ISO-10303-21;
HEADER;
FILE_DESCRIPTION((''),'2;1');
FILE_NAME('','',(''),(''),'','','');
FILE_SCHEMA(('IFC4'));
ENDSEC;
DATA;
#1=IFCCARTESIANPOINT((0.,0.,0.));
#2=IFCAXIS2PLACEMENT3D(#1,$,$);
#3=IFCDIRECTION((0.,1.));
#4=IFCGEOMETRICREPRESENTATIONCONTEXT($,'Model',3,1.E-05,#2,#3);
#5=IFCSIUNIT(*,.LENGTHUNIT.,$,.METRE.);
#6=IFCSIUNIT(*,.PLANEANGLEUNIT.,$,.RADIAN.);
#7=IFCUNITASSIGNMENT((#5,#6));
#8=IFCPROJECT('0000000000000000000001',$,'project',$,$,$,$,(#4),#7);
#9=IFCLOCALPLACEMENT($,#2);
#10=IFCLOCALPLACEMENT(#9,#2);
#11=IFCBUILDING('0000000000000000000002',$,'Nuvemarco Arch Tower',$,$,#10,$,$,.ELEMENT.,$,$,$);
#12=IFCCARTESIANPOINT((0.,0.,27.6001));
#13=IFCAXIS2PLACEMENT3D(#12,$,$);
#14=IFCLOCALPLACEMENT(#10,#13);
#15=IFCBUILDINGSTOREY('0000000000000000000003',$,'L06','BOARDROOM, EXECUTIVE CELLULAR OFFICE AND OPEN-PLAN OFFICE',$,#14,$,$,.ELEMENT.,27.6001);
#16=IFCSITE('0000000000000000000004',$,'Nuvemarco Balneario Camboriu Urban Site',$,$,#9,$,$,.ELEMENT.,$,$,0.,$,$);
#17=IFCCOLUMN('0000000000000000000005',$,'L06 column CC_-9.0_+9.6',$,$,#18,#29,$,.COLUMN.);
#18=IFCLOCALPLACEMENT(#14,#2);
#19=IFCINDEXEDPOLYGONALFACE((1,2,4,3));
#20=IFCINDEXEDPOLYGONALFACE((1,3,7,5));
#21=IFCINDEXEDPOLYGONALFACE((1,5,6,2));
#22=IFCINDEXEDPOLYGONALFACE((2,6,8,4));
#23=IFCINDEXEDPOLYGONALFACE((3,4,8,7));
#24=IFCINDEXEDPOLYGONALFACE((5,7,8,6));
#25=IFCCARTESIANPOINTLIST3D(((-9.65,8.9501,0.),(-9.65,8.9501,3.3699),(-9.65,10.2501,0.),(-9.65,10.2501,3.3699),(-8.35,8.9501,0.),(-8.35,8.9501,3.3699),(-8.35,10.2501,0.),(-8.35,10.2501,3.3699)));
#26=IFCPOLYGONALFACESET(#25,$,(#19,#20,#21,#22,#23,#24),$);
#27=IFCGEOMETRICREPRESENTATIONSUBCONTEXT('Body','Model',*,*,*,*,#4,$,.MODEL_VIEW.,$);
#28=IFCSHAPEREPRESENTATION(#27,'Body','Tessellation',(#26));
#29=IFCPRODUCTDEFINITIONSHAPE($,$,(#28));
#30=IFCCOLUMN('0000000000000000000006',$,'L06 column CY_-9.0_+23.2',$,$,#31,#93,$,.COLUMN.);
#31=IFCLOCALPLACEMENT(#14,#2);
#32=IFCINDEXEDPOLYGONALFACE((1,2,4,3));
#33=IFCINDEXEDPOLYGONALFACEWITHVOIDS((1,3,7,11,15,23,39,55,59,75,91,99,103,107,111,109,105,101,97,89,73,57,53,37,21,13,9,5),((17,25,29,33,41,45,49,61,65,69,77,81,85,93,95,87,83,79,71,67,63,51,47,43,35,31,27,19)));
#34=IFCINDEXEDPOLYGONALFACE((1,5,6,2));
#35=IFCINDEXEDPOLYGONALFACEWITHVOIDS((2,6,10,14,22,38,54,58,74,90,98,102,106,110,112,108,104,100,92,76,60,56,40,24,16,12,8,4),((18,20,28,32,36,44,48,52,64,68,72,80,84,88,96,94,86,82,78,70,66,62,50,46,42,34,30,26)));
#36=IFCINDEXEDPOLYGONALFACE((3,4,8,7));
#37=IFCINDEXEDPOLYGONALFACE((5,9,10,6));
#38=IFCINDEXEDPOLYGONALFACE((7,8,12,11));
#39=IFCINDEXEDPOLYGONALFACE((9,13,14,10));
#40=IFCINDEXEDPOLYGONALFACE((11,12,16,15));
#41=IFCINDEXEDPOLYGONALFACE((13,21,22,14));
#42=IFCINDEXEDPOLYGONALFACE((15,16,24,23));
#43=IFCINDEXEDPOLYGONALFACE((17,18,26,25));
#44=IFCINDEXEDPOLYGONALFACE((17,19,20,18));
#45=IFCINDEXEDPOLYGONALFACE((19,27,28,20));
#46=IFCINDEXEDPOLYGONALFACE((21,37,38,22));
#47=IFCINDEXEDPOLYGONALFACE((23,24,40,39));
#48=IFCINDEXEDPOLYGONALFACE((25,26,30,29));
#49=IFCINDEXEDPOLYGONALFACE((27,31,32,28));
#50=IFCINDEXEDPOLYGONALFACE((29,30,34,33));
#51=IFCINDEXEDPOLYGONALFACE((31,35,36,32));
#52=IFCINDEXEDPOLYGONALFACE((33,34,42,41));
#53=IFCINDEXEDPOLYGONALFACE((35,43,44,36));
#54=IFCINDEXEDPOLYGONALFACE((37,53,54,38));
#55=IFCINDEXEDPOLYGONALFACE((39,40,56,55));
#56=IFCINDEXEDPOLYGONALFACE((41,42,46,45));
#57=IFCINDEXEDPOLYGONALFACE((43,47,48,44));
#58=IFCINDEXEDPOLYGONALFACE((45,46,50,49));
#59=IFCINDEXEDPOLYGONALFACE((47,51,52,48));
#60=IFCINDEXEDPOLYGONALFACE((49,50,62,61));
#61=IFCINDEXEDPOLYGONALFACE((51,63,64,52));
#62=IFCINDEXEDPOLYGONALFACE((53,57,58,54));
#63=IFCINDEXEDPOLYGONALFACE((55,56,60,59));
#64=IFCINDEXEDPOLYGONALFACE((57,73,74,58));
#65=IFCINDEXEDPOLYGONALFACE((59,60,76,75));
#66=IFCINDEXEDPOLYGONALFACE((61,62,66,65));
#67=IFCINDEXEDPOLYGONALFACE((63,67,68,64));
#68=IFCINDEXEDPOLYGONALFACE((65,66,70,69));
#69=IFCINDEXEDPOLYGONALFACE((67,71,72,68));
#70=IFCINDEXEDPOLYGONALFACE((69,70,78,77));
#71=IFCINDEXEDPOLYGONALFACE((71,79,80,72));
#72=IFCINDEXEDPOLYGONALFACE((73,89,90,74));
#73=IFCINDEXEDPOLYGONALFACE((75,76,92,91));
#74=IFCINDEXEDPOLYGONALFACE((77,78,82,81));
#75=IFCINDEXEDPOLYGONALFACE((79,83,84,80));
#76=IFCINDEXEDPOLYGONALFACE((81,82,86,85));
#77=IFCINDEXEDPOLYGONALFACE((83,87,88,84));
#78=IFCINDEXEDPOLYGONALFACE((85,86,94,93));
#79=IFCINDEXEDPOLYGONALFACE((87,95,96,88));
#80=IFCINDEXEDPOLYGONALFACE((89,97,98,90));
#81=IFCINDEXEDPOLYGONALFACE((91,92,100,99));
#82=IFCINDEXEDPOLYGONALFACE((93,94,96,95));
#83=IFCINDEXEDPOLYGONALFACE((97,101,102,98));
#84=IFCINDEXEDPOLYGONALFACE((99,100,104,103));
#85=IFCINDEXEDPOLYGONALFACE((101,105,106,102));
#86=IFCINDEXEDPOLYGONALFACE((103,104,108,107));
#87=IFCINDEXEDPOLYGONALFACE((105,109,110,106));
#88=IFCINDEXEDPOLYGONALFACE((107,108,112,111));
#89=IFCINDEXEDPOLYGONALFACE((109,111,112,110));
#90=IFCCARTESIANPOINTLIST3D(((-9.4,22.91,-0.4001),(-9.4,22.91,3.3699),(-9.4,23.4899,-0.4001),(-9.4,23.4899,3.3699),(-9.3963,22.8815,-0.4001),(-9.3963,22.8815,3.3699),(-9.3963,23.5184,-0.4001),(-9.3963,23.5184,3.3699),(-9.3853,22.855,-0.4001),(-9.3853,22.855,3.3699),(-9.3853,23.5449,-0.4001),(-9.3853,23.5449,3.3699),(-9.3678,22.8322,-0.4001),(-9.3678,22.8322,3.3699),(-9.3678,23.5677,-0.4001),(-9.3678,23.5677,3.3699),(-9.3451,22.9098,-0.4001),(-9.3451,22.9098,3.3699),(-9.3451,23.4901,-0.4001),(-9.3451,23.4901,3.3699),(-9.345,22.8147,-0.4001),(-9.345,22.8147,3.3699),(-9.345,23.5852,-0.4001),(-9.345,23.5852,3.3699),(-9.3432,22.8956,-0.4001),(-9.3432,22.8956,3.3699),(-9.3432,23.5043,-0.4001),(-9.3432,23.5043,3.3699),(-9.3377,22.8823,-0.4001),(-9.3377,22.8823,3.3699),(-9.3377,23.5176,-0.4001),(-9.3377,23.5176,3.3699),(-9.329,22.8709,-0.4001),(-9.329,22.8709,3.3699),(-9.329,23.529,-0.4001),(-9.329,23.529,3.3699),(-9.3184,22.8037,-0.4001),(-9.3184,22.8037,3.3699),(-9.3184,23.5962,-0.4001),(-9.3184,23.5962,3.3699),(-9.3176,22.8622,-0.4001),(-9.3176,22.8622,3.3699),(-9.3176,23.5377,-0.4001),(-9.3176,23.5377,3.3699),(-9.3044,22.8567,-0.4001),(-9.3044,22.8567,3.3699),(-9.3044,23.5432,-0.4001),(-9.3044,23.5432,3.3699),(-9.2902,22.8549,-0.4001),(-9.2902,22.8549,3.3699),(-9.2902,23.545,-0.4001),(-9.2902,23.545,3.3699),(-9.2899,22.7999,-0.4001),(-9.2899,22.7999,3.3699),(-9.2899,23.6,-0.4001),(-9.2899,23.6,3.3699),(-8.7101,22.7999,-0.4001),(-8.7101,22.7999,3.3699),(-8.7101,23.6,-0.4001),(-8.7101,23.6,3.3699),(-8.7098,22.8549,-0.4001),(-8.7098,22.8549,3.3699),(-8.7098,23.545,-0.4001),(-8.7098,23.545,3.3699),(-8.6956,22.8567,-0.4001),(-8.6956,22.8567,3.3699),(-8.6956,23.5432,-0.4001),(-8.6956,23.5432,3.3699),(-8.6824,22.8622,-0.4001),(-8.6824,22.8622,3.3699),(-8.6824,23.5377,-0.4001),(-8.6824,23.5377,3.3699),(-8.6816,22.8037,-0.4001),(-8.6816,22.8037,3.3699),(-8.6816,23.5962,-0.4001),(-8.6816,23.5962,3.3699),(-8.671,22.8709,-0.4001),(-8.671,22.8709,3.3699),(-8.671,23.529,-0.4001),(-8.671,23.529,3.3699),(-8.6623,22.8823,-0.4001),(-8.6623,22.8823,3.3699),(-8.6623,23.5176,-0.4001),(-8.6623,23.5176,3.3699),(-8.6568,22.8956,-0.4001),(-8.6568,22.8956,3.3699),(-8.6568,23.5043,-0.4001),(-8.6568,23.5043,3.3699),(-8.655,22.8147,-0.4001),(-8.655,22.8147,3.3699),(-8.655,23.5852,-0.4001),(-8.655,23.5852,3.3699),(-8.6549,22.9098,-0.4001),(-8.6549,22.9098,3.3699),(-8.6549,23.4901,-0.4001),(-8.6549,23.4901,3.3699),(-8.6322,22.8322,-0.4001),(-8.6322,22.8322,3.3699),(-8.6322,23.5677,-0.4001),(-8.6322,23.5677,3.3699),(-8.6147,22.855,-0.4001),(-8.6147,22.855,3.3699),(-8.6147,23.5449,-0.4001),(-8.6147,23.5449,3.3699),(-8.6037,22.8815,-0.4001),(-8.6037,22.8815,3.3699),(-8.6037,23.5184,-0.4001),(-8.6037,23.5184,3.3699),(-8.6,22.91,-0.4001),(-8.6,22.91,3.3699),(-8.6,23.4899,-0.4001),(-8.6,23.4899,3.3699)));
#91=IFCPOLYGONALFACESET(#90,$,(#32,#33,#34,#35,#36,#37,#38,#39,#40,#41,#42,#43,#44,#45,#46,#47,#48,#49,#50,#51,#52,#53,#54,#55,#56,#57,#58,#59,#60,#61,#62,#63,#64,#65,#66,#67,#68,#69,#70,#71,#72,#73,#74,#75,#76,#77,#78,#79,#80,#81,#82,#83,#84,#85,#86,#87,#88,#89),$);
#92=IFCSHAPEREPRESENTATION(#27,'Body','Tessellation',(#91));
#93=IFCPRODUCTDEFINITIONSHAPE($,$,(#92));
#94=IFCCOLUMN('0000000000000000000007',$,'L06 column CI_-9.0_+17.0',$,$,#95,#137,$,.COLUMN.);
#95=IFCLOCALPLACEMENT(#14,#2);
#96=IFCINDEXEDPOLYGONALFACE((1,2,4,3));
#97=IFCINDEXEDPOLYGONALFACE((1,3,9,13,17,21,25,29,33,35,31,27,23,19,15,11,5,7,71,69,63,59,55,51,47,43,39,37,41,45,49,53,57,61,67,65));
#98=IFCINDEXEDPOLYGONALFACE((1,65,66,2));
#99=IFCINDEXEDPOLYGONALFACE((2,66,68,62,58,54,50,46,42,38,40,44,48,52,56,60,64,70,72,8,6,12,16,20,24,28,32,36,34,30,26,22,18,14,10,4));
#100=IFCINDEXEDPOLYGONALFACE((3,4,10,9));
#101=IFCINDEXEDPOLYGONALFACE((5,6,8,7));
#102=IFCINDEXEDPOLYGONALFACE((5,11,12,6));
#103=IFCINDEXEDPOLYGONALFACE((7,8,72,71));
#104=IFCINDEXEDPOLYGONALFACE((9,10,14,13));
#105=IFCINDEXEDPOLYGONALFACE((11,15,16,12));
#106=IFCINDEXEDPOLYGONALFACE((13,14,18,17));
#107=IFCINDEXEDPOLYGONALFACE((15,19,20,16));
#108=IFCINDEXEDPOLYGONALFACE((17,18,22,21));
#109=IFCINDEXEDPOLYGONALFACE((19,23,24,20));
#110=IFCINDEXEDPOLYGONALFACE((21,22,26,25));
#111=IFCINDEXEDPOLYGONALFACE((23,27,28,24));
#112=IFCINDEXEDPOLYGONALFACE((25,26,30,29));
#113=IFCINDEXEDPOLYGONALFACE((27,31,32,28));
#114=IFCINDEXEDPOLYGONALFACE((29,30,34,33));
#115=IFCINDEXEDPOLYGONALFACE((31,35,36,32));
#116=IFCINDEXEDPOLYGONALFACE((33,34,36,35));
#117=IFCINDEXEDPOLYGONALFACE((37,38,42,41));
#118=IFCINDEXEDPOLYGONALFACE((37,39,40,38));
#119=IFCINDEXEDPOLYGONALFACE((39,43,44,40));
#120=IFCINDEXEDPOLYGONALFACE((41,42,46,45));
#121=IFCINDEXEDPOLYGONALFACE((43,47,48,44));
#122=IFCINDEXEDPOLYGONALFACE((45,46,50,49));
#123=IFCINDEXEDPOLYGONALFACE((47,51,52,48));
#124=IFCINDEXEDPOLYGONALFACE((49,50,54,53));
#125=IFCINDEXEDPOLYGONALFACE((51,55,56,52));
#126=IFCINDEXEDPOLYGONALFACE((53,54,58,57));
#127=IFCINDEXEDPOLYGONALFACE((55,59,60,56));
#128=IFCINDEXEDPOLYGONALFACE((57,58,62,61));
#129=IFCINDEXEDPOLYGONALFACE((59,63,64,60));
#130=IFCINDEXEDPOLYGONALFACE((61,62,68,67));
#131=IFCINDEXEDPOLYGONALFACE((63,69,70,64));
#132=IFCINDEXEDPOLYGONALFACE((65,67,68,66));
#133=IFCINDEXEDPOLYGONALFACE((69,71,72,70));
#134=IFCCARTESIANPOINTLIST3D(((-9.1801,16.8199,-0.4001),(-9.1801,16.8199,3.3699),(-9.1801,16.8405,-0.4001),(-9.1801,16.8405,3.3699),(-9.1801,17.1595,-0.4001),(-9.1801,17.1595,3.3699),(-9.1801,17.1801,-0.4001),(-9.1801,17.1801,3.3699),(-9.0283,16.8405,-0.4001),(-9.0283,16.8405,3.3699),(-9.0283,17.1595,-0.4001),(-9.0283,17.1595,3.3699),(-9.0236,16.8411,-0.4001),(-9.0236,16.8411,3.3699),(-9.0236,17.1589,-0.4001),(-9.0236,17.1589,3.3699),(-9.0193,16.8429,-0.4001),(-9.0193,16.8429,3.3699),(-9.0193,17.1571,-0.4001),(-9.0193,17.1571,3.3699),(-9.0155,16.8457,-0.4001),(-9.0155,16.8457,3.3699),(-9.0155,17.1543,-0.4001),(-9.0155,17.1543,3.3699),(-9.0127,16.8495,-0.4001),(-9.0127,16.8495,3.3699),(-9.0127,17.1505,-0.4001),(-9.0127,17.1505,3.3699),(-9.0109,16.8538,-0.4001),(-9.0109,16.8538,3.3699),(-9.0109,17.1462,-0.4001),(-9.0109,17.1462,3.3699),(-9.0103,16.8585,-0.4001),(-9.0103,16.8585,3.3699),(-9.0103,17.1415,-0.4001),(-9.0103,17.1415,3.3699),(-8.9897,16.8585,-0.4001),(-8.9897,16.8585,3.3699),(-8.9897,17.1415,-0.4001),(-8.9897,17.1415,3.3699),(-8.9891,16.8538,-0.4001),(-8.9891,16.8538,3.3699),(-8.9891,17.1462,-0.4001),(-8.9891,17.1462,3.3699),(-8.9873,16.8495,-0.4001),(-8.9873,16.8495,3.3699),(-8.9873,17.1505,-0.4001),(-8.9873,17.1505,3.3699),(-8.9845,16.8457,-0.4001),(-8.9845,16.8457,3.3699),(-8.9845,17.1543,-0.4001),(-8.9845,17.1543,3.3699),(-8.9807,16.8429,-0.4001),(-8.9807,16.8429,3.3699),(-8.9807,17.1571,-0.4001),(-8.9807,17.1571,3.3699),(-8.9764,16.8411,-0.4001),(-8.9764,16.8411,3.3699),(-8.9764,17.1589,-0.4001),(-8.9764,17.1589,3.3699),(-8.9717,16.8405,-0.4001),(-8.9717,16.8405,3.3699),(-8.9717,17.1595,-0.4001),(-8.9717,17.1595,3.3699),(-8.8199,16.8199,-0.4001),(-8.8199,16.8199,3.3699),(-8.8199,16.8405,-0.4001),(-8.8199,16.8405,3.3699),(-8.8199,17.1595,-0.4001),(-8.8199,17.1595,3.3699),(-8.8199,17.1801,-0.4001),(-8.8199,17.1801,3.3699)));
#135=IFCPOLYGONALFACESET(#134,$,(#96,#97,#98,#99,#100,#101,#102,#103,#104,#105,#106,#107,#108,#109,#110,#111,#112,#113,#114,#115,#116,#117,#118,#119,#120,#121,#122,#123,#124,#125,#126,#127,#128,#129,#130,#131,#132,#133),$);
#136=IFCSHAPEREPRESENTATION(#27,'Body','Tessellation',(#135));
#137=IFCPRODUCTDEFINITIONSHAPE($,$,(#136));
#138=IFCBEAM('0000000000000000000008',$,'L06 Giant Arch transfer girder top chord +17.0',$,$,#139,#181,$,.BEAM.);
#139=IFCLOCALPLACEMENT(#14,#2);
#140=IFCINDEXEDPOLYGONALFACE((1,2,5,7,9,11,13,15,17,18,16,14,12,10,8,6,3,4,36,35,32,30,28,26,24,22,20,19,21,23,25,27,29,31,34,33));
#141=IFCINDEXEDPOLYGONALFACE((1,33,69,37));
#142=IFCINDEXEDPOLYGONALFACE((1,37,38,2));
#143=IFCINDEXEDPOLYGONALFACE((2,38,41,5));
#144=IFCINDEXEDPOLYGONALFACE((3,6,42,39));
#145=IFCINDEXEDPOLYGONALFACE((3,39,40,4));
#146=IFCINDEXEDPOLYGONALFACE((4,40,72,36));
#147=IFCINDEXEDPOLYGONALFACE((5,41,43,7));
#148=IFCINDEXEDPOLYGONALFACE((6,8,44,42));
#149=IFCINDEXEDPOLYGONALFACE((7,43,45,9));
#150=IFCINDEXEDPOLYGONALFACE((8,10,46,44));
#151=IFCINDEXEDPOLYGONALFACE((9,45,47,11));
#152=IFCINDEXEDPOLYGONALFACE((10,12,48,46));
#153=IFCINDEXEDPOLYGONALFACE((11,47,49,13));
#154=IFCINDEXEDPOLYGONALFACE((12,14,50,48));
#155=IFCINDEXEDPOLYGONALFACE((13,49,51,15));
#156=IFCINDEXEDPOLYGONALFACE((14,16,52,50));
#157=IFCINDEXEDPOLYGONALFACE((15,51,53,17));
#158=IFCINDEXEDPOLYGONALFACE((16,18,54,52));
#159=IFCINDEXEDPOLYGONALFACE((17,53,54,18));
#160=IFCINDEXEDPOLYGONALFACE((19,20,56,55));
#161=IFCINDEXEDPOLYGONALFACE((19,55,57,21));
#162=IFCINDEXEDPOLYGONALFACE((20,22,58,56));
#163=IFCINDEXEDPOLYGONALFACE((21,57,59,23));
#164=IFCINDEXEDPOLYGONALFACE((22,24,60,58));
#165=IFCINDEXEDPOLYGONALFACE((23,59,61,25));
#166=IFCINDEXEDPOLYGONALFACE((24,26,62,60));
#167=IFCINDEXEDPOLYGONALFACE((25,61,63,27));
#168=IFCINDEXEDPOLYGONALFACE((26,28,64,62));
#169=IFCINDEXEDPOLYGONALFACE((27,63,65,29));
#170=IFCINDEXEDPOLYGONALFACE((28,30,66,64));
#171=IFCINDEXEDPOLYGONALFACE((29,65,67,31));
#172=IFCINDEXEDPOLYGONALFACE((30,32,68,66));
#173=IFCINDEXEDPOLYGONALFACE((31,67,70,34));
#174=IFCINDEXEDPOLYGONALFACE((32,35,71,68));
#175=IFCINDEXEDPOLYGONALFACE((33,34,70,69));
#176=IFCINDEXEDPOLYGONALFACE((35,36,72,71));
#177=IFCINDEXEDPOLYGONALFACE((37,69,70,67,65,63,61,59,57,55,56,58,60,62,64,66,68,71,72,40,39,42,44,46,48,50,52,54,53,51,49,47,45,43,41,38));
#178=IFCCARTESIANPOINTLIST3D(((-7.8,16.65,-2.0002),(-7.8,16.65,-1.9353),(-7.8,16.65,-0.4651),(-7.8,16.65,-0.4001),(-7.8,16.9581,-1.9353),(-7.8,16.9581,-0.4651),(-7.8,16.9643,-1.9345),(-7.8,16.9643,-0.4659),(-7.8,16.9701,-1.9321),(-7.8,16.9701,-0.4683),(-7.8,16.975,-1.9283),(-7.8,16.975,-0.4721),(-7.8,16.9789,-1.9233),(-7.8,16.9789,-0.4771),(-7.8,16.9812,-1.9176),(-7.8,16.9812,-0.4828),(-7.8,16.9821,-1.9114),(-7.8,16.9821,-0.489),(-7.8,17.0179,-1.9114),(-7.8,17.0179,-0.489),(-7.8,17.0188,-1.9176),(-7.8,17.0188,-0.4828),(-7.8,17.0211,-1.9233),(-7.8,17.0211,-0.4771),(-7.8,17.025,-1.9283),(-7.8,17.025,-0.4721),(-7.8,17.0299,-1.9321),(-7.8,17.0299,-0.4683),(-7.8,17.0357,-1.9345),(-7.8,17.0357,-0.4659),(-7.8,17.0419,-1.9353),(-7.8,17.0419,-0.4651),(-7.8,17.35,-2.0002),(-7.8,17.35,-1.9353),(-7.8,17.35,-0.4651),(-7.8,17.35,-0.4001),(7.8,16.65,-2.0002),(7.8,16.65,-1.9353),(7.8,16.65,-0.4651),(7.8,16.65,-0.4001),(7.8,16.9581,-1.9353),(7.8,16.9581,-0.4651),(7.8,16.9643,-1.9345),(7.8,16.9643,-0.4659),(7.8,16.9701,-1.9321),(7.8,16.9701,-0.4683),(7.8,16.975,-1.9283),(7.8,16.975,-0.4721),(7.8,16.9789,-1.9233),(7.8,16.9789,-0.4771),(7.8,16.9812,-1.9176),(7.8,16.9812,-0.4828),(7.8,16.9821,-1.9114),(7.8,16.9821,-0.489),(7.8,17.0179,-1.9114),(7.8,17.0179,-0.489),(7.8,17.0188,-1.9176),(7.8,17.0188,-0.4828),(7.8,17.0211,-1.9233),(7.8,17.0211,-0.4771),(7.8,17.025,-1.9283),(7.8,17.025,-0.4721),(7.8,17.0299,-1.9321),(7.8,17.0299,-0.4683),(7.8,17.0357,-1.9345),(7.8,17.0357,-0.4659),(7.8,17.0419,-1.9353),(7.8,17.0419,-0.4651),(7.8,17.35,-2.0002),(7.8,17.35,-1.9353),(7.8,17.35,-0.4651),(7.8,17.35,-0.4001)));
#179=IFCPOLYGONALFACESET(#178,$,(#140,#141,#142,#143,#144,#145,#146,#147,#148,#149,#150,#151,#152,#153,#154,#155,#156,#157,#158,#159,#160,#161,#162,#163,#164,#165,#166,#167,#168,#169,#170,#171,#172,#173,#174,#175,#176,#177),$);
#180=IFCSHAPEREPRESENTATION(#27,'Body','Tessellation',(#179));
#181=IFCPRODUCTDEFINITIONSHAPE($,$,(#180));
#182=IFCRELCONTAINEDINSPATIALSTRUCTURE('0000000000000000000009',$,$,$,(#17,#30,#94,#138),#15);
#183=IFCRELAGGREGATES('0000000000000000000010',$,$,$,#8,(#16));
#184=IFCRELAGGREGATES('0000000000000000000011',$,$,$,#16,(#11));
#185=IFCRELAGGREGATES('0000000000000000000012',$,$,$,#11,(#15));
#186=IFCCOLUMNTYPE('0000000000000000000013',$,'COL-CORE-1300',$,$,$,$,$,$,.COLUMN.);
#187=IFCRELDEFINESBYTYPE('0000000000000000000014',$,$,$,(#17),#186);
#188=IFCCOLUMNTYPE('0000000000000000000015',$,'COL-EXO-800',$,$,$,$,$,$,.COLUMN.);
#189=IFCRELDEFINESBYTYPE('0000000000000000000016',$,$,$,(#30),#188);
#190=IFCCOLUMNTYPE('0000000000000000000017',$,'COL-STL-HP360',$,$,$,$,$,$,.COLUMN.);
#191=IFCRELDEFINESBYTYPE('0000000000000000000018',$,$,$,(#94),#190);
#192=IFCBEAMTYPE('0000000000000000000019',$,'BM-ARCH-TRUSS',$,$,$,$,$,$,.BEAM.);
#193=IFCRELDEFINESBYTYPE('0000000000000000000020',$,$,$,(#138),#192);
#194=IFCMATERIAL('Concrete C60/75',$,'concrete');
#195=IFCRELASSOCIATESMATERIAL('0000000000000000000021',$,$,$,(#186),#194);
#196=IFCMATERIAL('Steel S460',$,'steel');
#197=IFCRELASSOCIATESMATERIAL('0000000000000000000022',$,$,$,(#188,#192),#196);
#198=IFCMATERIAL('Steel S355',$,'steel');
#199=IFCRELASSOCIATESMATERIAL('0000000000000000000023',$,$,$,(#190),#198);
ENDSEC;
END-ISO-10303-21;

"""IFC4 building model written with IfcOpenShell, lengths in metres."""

from ifc_helpers import new_model, si_unit, direction, frame, origin, origin_2d, place, context, subcontext, project, spatial, rectangle, hollow_rectangle, i_section, extrude, material, material_profile, profile_set, type_object, element, save


model = new_model("IFC4")

# Units and contexts
model_context = context("Model", 3, precision=1e-05, world=origin(), true_north=direction((0.0, 1.0)))
body_context = subcontext(model_context, "Body", "Model", "MODEL_VIEW")
ifc_project = project(units=[si_unit("LENGTHUNIT", "METRE"), si_unit("PLANEANGLEUNIT", "RADIAN")], contexts=[model_context])

# Site, building, storey
site_placement = place(None, origin())
site = spatial("IfcSite", under=ifc_project, at=site_placement, Name="Nuvemarco Balneario Camboriu Urban Site", CompositionType="ELEMENT", RefElevation=0.0)
building_placement = place(site_placement, origin())
building = spatial("IfcBuilding", under=site, at=building_placement, Name="Nuvemarco Arch Tower", CompositionType="ELEMENT")
storey_placement = place(building_placement, frame((0.0, 0.0, 27.6001)))
storey = spatial("IfcBuildingStorey", under=building, at=storey_placement, Name="L06", Description="BOARDROOM, EXECUTIVE CELLULAR OFFICE AND OPEN-PLAN OFFICE", CompositionType="ELEMENT", Elevation=27.6001)

# Columns
ifc_material_1 = material(Name="Concrete C60/75", Category="concrete")
ifc_material_profile_1 = material_profile(ifc_material_1, rectangle(XDim=1.3, YDim=1.3, at=origin_2d()), Name="RC-COL-1300x1300")
ifc_profile_set_1 = profile_set([ifc_material_profile_1], Name="Concrete C60/75")
column_type_1 = type_object("IfcColumnType", Name="COL-CORE-1300", PredefinedType="COLUMN", material=ifc_profile_set_1)
column_1_placement = place(storey_placement, frame((-9.0, 9.6001, 0.0), z_axis=(0.0, 0.0, 1.0), x_axis=(1.0, 0.0, 0.0)))
element("IfcColumn", 1, at=column_1_placement, inside=storey, type_object=column_type_1, Name="L06 column CC_-9.0_+9.6", PredefinedType="COLUMN", context=body_context, shape_type="SweptSolid", body=[
    extrude(rectangle(XDim=1.3, YDim=1.3, at=origin_2d()), origin(), (0.0, 0.0, 1.0), 3.3699),
])
ifc_material_2 = material(Name="Steel S460", Category="steel")
ifc_material_profile_2 = material_profile(ifc_material_2, hollow_rectangle(XDim=0.8, YDim=0.8, WallThickness=0.0549, InnerFilletRadius=0.0549, OuterFilletRadius=0.1101, at=origin_2d()), Name="SHS800x800x55")
ifc_profile_set_2 = profile_set([ifc_material_profile_2], Name="Steel S460")
column_type_2 = type_object("IfcColumnType", Name="COL-EXO-800", PredefinedType="COLUMN", material=ifc_profile_set_2)
column_2_placement = place(storey_placement, frame((-9.0, 23.2, -0.4001), z_axis=(0.0, 0.0, 1.0), x_axis=(1.0, 0.0, 0.0)))
element("IfcColumn", 2, at=column_2_placement, inside=storey, type_object=column_type_2, Name="L06 column CY_-9.0_+23.2", PredefinedType="COLUMN", context=body_context, shape_type="SweptSolid", body=[
    extrude(hollow_rectangle(XDim=0.8, YDim=0.8, WallThickness=0.0549, InnerFilletRadius=0.0549, OuterFilletRadius=0.1101, at=origin_2d()), origin(), (0.0, 0.0, 1.0), 3.77),
])
ifc_material_3 = material(Name="Steel S355", Category="steel")
ifc_material_profile_3 = material_profile(ifc_material_3, i_section(OverallWidth=0.3601, OverallDepth=0.3601, WebThickness=0.0205, FlangeThickness=0.0205, FilletRadius=0.0181, at=origin_2d()), Name="HP360x174")
ifc_profile_set_3 = profile_set([ifc_material_profile_3], Name="Steel S355")
column_type_3 = type_object("IfcColumnType", Name="COL-STL-HP360", PredefinedType="COLUMN", material=ifc_profile_set_3)
column_3_placement = place(storey_placement, frame((-9.0, 17.0, -0.4001), z_axis=(0.0, 0.0, 1.0), x_axis=(1.0, 0.0, 0.0)))
element("IfcColumn", 3, at=column_3_placement, inside=storey, type_object=column_type_3, Name="L06 column CI_-9.0_+17.0", PredefinedType="COLUMN", context=body_context, shape_type="SweptSolid", body=[
    extrude(i_section(OverallWidth=0.3601, OverallDepth=0.3601, WebThickness=0.0205, FlangeThickness=0.0205, FilletRadius=0.0181, at=origin_2d()), origin(), (0.0, 0.0, 1.0), 3.77),
])

# Beam
ifc_material_profile_4 = material_profile(ifc_material_2, i_section(OverallWidth=0.7, OverallDepth=1.6001, WebThickness=0.0359, FlangeThickness=0.0649, FilletRadius=0.0239, at=origin_2d()), Name="PG1600x700")
ifc_profile_set_4 = profile_set([ifc_material_profile_4], Name="Steel S460")
beam_type_1 = type_object("IfcBeamType", Name="BM-ARCH-TRUSS", PredefinedType="BEAM", material=ifc_profile_set_4)
beam_1_placement = place(storey_placement, frame((-7.8, 17.0, -1.2002), z_axis=(1.0, 0.0, 0.0), x_axis=(0.0, 1.0, 0.0)))
element("IfcBeam", 4, at=beam_1_placement, inside=storey, type_object=beam_type_1, Name="L06 Giant Arch transfer girder top chord +17.0", PredefinedType="BEAM", context=body_context, shape_type="SweptSolid", body=[
    extrude(i_section(OverallWidth=0.7, OverallDepth=1.6001, WebThickness=0.0359, FlangeThickness=0.0649, FilletRadius=0.0239, at=origin_2d()), origin(), (0.0, 0.0, 1.0), 15.6001),
])

save(model, "model.ifc")
